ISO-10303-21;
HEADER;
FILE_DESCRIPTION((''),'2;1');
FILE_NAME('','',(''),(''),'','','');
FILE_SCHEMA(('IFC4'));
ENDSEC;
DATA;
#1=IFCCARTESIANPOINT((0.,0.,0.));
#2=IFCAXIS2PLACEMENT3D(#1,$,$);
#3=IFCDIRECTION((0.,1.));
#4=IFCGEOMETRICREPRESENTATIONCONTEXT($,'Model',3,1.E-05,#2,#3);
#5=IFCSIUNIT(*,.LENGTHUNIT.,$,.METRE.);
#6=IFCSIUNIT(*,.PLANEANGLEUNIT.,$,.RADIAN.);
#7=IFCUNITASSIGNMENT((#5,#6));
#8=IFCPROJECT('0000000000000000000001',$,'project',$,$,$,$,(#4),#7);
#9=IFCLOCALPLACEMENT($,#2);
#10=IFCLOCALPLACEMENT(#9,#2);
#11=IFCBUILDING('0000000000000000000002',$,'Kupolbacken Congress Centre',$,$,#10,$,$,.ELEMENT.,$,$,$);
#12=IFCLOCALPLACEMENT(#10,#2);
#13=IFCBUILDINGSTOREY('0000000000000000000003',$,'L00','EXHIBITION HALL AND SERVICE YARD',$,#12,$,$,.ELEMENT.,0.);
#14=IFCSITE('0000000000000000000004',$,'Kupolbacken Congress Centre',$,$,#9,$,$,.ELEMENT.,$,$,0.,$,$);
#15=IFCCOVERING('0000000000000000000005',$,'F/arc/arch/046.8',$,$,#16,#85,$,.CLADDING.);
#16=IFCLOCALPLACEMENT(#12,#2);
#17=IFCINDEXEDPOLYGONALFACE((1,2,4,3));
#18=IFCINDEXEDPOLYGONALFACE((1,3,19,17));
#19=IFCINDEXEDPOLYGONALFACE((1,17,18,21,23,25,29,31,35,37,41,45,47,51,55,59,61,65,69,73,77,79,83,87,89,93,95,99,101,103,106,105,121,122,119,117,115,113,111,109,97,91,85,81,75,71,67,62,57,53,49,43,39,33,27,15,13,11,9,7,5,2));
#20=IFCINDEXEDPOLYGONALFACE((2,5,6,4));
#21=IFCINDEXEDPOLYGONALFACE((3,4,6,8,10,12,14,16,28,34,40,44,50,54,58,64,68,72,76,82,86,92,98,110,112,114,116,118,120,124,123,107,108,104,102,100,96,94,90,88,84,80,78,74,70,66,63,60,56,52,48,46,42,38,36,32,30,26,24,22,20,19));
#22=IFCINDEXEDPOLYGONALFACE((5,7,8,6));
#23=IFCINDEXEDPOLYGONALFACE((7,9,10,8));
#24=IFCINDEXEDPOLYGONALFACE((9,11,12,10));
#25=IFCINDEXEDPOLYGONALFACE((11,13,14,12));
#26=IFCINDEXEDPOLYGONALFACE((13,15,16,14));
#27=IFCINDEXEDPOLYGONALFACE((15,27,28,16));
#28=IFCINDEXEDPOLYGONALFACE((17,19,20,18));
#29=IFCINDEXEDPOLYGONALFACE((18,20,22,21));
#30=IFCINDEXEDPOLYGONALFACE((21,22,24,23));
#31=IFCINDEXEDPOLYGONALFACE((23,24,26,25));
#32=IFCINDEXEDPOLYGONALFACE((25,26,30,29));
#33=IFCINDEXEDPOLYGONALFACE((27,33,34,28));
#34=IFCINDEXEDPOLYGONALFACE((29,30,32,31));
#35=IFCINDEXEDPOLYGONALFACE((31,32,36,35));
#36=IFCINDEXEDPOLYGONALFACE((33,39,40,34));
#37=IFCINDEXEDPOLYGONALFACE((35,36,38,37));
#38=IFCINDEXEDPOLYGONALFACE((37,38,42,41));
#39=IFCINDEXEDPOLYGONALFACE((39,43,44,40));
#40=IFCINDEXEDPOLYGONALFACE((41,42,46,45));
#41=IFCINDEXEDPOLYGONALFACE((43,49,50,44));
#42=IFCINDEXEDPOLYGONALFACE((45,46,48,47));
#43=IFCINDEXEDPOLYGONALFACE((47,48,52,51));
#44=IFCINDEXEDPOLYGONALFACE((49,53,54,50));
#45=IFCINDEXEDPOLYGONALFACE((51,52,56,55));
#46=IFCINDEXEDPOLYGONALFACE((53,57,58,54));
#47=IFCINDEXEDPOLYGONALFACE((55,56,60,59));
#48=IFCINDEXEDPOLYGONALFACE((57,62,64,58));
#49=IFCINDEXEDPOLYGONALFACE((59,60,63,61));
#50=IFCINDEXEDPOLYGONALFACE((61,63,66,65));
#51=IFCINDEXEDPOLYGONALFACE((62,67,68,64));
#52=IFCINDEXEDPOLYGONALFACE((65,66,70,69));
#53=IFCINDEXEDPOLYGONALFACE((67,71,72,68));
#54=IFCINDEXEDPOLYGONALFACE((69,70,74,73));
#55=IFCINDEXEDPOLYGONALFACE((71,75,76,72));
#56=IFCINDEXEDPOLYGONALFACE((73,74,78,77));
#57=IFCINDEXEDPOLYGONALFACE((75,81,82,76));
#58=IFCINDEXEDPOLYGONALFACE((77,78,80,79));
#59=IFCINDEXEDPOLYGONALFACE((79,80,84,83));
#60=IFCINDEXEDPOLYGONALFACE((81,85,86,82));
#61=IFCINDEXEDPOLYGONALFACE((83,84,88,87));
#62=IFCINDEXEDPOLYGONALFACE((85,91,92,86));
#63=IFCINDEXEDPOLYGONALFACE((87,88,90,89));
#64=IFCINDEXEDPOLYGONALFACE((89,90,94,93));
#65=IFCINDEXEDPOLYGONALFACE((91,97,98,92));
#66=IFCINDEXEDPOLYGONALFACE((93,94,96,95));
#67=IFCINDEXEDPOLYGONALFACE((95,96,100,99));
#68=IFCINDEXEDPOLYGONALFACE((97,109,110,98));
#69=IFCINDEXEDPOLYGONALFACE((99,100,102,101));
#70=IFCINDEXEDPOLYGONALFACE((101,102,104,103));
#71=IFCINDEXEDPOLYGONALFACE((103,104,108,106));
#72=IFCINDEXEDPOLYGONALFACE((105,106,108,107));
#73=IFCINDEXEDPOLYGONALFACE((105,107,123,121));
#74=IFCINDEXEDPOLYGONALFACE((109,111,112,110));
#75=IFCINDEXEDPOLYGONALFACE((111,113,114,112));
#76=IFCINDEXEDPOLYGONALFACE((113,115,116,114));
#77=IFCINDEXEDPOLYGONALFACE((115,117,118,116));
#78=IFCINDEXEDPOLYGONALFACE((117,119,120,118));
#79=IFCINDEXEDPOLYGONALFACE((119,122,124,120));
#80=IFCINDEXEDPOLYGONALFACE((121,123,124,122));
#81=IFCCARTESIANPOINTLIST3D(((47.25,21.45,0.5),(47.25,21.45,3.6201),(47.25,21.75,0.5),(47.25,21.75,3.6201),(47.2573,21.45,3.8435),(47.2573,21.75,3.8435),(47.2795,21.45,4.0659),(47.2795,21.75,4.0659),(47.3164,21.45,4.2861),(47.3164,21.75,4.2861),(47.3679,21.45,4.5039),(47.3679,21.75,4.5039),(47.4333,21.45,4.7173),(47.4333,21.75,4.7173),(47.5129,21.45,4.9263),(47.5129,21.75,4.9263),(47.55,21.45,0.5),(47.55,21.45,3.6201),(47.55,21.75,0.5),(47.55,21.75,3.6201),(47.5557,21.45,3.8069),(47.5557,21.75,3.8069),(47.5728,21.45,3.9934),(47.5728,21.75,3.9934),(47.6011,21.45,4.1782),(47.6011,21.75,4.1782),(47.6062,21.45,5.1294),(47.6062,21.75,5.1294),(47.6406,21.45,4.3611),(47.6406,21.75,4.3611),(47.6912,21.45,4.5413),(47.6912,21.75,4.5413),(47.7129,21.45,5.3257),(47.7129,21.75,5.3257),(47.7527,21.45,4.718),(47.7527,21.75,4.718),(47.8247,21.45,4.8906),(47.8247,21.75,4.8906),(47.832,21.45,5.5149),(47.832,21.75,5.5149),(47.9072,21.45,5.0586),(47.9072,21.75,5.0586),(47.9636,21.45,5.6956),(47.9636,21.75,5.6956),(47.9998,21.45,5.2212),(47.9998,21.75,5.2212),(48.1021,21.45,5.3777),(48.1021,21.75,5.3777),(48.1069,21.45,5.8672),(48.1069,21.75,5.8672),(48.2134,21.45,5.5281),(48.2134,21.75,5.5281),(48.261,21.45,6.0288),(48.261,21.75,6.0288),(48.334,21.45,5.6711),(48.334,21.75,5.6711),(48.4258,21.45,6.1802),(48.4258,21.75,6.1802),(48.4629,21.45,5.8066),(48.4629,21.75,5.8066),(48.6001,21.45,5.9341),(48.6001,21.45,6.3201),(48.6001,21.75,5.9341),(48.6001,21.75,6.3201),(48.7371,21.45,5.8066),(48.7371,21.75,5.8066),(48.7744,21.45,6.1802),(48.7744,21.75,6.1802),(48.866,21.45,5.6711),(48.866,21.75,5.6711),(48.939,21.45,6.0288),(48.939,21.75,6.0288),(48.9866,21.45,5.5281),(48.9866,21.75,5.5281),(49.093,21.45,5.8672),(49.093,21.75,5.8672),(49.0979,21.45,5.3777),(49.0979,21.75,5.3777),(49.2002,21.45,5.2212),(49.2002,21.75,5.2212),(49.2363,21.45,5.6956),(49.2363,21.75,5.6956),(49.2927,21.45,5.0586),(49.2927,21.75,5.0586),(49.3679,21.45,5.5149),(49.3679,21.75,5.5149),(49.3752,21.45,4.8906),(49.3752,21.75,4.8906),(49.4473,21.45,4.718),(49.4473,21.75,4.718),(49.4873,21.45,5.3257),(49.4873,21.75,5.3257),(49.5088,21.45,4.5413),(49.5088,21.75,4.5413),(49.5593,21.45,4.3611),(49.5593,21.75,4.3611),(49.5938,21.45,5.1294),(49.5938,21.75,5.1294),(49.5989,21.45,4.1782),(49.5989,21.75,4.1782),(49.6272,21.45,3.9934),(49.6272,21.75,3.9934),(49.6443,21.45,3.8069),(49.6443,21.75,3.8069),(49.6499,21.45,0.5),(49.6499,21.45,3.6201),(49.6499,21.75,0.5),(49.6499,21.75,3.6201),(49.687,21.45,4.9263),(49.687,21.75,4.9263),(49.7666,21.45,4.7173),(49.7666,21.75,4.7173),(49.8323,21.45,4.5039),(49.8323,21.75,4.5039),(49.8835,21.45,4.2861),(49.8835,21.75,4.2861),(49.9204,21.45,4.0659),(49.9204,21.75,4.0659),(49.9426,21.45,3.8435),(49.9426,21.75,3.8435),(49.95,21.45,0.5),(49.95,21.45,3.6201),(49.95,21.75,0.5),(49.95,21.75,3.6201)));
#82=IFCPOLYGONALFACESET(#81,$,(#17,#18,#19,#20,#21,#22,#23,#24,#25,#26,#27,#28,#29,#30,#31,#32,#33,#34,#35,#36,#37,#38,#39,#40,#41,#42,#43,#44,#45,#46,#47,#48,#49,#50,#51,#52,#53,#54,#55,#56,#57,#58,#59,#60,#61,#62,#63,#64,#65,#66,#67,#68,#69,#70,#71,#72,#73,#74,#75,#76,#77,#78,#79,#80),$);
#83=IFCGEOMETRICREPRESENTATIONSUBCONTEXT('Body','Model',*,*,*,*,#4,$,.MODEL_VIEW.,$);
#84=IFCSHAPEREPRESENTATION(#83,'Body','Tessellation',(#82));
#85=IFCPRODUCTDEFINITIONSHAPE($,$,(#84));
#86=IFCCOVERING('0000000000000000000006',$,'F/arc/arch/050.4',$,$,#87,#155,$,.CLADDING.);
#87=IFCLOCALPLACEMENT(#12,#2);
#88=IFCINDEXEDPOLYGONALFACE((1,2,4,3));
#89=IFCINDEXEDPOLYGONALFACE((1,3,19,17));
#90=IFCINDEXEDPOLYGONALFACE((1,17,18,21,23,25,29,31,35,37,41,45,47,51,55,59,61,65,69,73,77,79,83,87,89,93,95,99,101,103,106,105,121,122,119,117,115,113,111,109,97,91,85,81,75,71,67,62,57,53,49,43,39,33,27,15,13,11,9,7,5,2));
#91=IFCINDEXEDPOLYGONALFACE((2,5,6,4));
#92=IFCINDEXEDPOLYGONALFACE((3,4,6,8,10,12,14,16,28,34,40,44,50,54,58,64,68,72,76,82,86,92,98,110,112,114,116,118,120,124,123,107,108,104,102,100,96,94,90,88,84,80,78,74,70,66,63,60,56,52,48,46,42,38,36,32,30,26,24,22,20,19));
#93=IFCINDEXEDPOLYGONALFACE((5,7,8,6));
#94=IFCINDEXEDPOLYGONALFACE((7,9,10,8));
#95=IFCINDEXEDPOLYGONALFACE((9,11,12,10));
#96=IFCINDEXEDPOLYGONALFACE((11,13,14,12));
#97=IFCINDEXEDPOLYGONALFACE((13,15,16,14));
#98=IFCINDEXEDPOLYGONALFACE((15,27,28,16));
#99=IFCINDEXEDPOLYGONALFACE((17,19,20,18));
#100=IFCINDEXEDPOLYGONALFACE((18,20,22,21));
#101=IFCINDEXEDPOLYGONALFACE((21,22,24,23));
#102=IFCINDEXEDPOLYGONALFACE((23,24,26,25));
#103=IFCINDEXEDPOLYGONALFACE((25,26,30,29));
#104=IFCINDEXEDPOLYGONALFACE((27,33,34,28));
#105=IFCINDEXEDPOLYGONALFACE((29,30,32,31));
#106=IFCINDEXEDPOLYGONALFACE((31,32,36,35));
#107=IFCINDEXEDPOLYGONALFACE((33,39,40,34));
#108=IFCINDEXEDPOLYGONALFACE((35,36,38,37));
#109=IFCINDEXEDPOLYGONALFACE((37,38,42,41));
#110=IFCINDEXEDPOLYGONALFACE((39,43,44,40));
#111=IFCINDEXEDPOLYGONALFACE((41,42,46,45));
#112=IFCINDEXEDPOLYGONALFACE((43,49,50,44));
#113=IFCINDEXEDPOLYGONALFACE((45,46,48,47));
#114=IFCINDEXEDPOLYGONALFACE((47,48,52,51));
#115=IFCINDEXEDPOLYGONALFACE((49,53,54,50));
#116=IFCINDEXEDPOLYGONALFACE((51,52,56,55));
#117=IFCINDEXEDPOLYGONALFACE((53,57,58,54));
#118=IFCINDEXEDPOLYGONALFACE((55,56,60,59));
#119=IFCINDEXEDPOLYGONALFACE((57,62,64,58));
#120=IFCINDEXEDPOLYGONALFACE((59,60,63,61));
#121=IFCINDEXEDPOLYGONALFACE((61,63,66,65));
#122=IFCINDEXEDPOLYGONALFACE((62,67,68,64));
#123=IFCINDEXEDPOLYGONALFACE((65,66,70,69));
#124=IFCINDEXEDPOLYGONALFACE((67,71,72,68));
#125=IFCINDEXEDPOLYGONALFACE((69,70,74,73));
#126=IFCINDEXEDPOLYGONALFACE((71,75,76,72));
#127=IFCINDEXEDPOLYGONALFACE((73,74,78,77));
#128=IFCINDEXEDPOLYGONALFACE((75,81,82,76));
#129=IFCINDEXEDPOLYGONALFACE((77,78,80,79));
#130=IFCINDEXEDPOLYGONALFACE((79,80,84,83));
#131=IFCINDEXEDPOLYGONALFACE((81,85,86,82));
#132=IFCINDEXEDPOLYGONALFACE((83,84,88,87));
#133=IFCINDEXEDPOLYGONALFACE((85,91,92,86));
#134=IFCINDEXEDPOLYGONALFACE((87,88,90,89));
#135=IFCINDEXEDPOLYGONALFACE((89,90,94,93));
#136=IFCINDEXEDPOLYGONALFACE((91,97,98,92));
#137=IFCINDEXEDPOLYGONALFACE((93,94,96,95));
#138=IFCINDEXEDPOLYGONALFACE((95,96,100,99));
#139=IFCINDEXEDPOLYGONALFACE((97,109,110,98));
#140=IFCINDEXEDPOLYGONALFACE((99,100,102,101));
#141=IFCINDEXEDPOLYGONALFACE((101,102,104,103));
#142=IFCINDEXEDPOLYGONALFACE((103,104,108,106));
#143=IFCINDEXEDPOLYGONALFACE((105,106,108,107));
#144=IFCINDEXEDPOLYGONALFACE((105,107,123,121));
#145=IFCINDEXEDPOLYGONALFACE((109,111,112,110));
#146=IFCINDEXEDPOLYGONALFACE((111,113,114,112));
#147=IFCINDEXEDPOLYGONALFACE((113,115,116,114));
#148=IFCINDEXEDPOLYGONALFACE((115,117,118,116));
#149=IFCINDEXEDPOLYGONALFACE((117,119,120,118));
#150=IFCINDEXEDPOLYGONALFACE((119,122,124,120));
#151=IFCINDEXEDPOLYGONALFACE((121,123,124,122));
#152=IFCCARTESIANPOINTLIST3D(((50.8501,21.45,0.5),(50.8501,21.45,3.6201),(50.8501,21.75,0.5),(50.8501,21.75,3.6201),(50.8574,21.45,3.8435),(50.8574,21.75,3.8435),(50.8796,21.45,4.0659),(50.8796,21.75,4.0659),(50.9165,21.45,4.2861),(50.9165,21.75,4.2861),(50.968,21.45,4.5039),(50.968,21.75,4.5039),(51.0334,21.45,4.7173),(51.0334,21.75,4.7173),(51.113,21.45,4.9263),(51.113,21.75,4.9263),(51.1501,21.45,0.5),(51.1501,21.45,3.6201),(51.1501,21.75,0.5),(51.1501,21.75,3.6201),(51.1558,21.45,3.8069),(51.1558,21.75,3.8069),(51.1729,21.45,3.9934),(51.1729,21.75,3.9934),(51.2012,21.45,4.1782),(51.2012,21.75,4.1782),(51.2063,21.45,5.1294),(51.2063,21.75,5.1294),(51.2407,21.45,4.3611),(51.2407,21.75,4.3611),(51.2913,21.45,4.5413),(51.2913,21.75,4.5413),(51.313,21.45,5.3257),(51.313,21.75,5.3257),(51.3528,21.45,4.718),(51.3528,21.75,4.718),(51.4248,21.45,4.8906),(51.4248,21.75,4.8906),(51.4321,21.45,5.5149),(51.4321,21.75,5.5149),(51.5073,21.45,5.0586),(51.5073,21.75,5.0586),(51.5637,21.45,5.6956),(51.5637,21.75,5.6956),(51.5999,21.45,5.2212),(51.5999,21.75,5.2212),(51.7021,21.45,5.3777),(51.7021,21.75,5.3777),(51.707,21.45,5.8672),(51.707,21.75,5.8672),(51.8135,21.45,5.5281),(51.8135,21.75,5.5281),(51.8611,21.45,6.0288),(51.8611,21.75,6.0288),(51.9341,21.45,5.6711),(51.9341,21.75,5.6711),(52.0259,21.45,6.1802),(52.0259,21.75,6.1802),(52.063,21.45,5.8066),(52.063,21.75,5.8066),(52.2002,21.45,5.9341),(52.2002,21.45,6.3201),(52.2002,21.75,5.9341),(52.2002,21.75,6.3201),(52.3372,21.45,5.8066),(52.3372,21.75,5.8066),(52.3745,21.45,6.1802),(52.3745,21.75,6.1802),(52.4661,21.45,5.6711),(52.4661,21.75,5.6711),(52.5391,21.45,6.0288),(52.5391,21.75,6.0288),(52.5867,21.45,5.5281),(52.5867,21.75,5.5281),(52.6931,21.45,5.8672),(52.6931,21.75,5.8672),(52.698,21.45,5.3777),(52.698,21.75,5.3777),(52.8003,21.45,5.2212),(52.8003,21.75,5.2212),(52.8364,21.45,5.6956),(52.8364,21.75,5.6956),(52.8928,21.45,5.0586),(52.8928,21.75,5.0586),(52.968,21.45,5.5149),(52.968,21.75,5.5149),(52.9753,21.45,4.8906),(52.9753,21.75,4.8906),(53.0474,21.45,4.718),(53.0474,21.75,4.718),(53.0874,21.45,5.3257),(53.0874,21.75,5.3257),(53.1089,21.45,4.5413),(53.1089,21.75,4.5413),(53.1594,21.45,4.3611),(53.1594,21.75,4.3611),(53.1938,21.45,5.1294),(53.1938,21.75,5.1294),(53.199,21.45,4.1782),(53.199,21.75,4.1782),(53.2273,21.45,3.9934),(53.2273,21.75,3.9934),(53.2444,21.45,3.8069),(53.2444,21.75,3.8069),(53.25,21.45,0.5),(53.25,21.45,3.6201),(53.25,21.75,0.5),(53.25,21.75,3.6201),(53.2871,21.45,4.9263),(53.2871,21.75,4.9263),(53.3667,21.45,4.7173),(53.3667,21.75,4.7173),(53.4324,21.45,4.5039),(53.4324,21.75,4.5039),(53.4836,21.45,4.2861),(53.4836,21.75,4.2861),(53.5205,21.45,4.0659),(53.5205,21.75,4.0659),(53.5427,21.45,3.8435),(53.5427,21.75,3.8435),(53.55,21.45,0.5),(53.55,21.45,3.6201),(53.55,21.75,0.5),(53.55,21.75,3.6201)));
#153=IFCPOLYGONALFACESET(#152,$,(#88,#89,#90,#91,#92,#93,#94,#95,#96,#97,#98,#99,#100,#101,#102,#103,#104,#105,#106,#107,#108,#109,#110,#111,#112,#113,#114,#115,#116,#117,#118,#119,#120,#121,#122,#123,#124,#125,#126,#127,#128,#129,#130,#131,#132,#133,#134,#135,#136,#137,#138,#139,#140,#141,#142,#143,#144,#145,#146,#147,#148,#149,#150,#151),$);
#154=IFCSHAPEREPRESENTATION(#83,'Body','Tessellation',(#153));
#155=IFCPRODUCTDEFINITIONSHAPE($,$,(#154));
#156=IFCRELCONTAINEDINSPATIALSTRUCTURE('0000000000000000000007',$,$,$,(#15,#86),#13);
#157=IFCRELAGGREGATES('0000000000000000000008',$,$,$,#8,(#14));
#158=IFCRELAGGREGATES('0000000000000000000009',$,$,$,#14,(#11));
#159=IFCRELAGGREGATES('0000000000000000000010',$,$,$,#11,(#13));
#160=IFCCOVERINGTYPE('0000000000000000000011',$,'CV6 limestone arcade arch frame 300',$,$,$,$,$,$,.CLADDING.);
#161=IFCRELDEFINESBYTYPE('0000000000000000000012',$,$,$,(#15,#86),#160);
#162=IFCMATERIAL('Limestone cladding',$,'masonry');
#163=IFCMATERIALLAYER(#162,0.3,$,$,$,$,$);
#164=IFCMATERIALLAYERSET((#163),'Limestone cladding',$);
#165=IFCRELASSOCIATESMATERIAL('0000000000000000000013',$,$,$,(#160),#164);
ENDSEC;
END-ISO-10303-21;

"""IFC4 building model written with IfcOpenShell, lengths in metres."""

from ifc_helpers import new_model, si_unit, direction, frame, origin, place, context, subcontext, project, spatial, polyline, outline, extrude, material, layer, layer_set, type_object, element, save


model = new_model("IFC4")

# Units and contexts
model_context = context("Model", 3, precision=1e-05, world=origin(), true_north=direction((0.0, 1.0)))
body_context = subcontext(model_context, "Body", "Model", "MODEL_VIEW")
ifc_project = project(units=[si_unit("LENGTHUNIT", "METRE"), si_unit("PLANEANGLEUNIT", "RADIAN")], contexts=[model_context])

# Site, building, storey
site_placement = place(None, origin())
site = spatial("IfcSite", under=ifc_project, at=site_placement, Name="Kupolbacken Congress Centre", CompositionType="ELEMENT", RefElevation=0.0)
building_placement = place(site_placement, origin())
building = spatial("IfcBuilding", under=site, at=building_placement, Name="Kupolbacken Congress Centre", CompositionType="ELEMENT")
storey_placement = place(building_placement, origin())
storey = spatial("IfcBuildingStorey", under=building, at=storey_placement, Name="L00", Description="EXHIBITION HALL AND SERVICE YARD", CompositionType="ELEMENT", Elevation=0.0)

# Coverings
ifc_material_1 = material(Name="Limestone cladding", Category="masonry")
ifc_layer_1 = layer(ifc_material_1, 0.3)
ifc_layer_set_1 = layer_set([ifc_layer_1], Name="Limestone cladding")
covering_type = type_object("IfcCoveringType", Name="CV6 limestone arcade arch frame 300", PredefinedType="CLADDING", material=ifc_layer_set_1)
covering_1_placement = place(storey_placement, frame((47.25, 21.45, 0.5), z_axis=(0.0, 1.0, 0.0), x_axis=(-1.0, 0.0, 0.0)))
element("IfcCovering", 1, at=covering_1_placement, inside=storey, type_object=covering_type, Name="F/arc/arch/046.8", PredefinedType="CLADDING", context=body_context, shape_type="SweptSolid", body=[
    extrude(outline(polyline([(0.0, 0.0), (0.0, 3.1201), (-0.0073, 3.3435), (-0.0295, 3.5659), (-0.0664, 3.7861), (-0.1179, 4.0039), (-0.1833, 4.2173), (-0.2629, 4.4263), (-0.3562, 4.6294), (-0.4629, 4.8257), (-0.582, 5.0149), (-0.7136, 5.1956), (-0.8569, 5.3672), (-1.011, 5.5288), (-1.1758, 5.6802), (-1.3501, 5.8201), (-1.5244, 5.6802), (-1.689, 5.5288), (-1.843, 5.3672), (-1.9863, 5.1956), (-2.1179, 5.0149), (-2.2373, 4.8257), (-2.3438, 4.6294), (-2.437, 4.4263), (-2.5166, 4.2173), (-2.5823, 4.0039), (-2.6335, 3.7861), (-2.6704, 3.5659), (-2.6926, 3.3435), (-2.7, 3.1201), (-2.7, 0.0), (-2.3999, 0.0), (-2.3999, 3.1201), (-2.3943, 3.3069), (-2.3772, 3.4934), (-2.3489, 3.6782), (-2.3093, 3.8611), (-2.2588, 4.0413), (-2.1973, 4.218), (-2.1252, 4.3906), (-2.0427, 4.5586), (-1.9502, 4.7212), (-1.8479, 4.8777), (-1.7366, 5.0281), (-1.616, 5.1711), (-1.4871, 5.3066), (-1.3501, 5.4341), (-1.2129, 5.3066), (-1.084, 5.1711), (-0.9634, 5.0281), (-0.8521, 4.8777), (-0.7498, 4.7212), (-0.6572, 4.5586), (-0.5747, 4.3906), (-0.5027, 4.218), (-0.4412, 4.0413), (-0.3906, 3.8611), (-0.3511, 3.6782), (-0.3228, 3.4934), (-0.3057, 3.3069), (-0.3, 3.1201), (-0.3, 0.0), (0.0, 0.0)])), origin(), (0.0, 0.0, 1.0), 0.3),
])
covering_2_placement = place(storey_placement, frame((50.8501, 21.45, 0.5), z_axis=(0.0, 1.0, 0.0), x_axis=(-1.0, 0.0, 0.0)))
element("IfcCovering", 2, at=covering_2_placement, inside=storey, type_object=covering_type, Name="F/arc/arch/050.4", PredefinedType="CLADDING", context=body_context, shape_type="SweptSolid", body=[
    extrude(outline(polyline([(0.0, 0.0), (0.0, 3.1201), (-0.0073, 3.3435), (-0.0295, 3.5659), (-0.0664, 3.7861), (-0.1179, 4.0039), (-0.1833, 4.2173), (-0.2629, 4.4263), (-0.3562, 4.6294), (-0.4629, 4.8257), (-0.582, 5.0149), (-0.7136, 5.1956), (-0.8569, 5.3672), (-1.011, 5.5288), (-1.1758, 5.6802), (-1.3501, 5.8201), (-1.5244, 5.6802), (-1.689, 5.5288), (-1.843, 5.3672), (-1.9863, 5.1956), (-2.1179, 5.0149), (-2.2373, 4.8257), (-2.3438, 4.6294), (-2.437, 4.4263), (-2.5166, 4.2173), (-2.5823, 4.0039), (-2.6335, 3.7861), (-2.6704, 3.5659), (-2.6926, 3.3435), (-2.7, 3.1201), (-2.7, 0.0), (-2.3999, 0.0), (-2.3999, 3.1201), (-2.3943, 3.3069), (-2.3772, 3.4934), (-2.3489, 3.6782), (-2.3093, 3.8611), (-2.2588, 4.0413), (-2.1973, 4.218), (-2.1252, 4.3906), (-2.0427, 4.5586), (-1.9502, 4.7212), (-1.8479, 4.8777), (-1.7366, 5.0281), (-1.616, 5.1711), (-1.4871, 5.3066), (-1.3501, 5.4341), (-1.2129, 5.3066), (-1.084, 5.1711), (-0.9634, 5.0281), (-0.8521, 4.8777), (-0.7498, 4.7212), (-0.6572, 4.5586), (-0.5747, 4.3906), (-0.5027, 4.218), (-0.4412, 4.0413), (-0.3906, 3.8611), (-0.3511, 3.6782), (-0.3228, 3.4934), (-0.3057, 3.3069), (-0.3, 3.1201), (-0.3, 0.0), (0.0, 0.0)])), origin(), (0.0, 0.0, 1.0), 0.3),
])

save(model, "model.ifc")
